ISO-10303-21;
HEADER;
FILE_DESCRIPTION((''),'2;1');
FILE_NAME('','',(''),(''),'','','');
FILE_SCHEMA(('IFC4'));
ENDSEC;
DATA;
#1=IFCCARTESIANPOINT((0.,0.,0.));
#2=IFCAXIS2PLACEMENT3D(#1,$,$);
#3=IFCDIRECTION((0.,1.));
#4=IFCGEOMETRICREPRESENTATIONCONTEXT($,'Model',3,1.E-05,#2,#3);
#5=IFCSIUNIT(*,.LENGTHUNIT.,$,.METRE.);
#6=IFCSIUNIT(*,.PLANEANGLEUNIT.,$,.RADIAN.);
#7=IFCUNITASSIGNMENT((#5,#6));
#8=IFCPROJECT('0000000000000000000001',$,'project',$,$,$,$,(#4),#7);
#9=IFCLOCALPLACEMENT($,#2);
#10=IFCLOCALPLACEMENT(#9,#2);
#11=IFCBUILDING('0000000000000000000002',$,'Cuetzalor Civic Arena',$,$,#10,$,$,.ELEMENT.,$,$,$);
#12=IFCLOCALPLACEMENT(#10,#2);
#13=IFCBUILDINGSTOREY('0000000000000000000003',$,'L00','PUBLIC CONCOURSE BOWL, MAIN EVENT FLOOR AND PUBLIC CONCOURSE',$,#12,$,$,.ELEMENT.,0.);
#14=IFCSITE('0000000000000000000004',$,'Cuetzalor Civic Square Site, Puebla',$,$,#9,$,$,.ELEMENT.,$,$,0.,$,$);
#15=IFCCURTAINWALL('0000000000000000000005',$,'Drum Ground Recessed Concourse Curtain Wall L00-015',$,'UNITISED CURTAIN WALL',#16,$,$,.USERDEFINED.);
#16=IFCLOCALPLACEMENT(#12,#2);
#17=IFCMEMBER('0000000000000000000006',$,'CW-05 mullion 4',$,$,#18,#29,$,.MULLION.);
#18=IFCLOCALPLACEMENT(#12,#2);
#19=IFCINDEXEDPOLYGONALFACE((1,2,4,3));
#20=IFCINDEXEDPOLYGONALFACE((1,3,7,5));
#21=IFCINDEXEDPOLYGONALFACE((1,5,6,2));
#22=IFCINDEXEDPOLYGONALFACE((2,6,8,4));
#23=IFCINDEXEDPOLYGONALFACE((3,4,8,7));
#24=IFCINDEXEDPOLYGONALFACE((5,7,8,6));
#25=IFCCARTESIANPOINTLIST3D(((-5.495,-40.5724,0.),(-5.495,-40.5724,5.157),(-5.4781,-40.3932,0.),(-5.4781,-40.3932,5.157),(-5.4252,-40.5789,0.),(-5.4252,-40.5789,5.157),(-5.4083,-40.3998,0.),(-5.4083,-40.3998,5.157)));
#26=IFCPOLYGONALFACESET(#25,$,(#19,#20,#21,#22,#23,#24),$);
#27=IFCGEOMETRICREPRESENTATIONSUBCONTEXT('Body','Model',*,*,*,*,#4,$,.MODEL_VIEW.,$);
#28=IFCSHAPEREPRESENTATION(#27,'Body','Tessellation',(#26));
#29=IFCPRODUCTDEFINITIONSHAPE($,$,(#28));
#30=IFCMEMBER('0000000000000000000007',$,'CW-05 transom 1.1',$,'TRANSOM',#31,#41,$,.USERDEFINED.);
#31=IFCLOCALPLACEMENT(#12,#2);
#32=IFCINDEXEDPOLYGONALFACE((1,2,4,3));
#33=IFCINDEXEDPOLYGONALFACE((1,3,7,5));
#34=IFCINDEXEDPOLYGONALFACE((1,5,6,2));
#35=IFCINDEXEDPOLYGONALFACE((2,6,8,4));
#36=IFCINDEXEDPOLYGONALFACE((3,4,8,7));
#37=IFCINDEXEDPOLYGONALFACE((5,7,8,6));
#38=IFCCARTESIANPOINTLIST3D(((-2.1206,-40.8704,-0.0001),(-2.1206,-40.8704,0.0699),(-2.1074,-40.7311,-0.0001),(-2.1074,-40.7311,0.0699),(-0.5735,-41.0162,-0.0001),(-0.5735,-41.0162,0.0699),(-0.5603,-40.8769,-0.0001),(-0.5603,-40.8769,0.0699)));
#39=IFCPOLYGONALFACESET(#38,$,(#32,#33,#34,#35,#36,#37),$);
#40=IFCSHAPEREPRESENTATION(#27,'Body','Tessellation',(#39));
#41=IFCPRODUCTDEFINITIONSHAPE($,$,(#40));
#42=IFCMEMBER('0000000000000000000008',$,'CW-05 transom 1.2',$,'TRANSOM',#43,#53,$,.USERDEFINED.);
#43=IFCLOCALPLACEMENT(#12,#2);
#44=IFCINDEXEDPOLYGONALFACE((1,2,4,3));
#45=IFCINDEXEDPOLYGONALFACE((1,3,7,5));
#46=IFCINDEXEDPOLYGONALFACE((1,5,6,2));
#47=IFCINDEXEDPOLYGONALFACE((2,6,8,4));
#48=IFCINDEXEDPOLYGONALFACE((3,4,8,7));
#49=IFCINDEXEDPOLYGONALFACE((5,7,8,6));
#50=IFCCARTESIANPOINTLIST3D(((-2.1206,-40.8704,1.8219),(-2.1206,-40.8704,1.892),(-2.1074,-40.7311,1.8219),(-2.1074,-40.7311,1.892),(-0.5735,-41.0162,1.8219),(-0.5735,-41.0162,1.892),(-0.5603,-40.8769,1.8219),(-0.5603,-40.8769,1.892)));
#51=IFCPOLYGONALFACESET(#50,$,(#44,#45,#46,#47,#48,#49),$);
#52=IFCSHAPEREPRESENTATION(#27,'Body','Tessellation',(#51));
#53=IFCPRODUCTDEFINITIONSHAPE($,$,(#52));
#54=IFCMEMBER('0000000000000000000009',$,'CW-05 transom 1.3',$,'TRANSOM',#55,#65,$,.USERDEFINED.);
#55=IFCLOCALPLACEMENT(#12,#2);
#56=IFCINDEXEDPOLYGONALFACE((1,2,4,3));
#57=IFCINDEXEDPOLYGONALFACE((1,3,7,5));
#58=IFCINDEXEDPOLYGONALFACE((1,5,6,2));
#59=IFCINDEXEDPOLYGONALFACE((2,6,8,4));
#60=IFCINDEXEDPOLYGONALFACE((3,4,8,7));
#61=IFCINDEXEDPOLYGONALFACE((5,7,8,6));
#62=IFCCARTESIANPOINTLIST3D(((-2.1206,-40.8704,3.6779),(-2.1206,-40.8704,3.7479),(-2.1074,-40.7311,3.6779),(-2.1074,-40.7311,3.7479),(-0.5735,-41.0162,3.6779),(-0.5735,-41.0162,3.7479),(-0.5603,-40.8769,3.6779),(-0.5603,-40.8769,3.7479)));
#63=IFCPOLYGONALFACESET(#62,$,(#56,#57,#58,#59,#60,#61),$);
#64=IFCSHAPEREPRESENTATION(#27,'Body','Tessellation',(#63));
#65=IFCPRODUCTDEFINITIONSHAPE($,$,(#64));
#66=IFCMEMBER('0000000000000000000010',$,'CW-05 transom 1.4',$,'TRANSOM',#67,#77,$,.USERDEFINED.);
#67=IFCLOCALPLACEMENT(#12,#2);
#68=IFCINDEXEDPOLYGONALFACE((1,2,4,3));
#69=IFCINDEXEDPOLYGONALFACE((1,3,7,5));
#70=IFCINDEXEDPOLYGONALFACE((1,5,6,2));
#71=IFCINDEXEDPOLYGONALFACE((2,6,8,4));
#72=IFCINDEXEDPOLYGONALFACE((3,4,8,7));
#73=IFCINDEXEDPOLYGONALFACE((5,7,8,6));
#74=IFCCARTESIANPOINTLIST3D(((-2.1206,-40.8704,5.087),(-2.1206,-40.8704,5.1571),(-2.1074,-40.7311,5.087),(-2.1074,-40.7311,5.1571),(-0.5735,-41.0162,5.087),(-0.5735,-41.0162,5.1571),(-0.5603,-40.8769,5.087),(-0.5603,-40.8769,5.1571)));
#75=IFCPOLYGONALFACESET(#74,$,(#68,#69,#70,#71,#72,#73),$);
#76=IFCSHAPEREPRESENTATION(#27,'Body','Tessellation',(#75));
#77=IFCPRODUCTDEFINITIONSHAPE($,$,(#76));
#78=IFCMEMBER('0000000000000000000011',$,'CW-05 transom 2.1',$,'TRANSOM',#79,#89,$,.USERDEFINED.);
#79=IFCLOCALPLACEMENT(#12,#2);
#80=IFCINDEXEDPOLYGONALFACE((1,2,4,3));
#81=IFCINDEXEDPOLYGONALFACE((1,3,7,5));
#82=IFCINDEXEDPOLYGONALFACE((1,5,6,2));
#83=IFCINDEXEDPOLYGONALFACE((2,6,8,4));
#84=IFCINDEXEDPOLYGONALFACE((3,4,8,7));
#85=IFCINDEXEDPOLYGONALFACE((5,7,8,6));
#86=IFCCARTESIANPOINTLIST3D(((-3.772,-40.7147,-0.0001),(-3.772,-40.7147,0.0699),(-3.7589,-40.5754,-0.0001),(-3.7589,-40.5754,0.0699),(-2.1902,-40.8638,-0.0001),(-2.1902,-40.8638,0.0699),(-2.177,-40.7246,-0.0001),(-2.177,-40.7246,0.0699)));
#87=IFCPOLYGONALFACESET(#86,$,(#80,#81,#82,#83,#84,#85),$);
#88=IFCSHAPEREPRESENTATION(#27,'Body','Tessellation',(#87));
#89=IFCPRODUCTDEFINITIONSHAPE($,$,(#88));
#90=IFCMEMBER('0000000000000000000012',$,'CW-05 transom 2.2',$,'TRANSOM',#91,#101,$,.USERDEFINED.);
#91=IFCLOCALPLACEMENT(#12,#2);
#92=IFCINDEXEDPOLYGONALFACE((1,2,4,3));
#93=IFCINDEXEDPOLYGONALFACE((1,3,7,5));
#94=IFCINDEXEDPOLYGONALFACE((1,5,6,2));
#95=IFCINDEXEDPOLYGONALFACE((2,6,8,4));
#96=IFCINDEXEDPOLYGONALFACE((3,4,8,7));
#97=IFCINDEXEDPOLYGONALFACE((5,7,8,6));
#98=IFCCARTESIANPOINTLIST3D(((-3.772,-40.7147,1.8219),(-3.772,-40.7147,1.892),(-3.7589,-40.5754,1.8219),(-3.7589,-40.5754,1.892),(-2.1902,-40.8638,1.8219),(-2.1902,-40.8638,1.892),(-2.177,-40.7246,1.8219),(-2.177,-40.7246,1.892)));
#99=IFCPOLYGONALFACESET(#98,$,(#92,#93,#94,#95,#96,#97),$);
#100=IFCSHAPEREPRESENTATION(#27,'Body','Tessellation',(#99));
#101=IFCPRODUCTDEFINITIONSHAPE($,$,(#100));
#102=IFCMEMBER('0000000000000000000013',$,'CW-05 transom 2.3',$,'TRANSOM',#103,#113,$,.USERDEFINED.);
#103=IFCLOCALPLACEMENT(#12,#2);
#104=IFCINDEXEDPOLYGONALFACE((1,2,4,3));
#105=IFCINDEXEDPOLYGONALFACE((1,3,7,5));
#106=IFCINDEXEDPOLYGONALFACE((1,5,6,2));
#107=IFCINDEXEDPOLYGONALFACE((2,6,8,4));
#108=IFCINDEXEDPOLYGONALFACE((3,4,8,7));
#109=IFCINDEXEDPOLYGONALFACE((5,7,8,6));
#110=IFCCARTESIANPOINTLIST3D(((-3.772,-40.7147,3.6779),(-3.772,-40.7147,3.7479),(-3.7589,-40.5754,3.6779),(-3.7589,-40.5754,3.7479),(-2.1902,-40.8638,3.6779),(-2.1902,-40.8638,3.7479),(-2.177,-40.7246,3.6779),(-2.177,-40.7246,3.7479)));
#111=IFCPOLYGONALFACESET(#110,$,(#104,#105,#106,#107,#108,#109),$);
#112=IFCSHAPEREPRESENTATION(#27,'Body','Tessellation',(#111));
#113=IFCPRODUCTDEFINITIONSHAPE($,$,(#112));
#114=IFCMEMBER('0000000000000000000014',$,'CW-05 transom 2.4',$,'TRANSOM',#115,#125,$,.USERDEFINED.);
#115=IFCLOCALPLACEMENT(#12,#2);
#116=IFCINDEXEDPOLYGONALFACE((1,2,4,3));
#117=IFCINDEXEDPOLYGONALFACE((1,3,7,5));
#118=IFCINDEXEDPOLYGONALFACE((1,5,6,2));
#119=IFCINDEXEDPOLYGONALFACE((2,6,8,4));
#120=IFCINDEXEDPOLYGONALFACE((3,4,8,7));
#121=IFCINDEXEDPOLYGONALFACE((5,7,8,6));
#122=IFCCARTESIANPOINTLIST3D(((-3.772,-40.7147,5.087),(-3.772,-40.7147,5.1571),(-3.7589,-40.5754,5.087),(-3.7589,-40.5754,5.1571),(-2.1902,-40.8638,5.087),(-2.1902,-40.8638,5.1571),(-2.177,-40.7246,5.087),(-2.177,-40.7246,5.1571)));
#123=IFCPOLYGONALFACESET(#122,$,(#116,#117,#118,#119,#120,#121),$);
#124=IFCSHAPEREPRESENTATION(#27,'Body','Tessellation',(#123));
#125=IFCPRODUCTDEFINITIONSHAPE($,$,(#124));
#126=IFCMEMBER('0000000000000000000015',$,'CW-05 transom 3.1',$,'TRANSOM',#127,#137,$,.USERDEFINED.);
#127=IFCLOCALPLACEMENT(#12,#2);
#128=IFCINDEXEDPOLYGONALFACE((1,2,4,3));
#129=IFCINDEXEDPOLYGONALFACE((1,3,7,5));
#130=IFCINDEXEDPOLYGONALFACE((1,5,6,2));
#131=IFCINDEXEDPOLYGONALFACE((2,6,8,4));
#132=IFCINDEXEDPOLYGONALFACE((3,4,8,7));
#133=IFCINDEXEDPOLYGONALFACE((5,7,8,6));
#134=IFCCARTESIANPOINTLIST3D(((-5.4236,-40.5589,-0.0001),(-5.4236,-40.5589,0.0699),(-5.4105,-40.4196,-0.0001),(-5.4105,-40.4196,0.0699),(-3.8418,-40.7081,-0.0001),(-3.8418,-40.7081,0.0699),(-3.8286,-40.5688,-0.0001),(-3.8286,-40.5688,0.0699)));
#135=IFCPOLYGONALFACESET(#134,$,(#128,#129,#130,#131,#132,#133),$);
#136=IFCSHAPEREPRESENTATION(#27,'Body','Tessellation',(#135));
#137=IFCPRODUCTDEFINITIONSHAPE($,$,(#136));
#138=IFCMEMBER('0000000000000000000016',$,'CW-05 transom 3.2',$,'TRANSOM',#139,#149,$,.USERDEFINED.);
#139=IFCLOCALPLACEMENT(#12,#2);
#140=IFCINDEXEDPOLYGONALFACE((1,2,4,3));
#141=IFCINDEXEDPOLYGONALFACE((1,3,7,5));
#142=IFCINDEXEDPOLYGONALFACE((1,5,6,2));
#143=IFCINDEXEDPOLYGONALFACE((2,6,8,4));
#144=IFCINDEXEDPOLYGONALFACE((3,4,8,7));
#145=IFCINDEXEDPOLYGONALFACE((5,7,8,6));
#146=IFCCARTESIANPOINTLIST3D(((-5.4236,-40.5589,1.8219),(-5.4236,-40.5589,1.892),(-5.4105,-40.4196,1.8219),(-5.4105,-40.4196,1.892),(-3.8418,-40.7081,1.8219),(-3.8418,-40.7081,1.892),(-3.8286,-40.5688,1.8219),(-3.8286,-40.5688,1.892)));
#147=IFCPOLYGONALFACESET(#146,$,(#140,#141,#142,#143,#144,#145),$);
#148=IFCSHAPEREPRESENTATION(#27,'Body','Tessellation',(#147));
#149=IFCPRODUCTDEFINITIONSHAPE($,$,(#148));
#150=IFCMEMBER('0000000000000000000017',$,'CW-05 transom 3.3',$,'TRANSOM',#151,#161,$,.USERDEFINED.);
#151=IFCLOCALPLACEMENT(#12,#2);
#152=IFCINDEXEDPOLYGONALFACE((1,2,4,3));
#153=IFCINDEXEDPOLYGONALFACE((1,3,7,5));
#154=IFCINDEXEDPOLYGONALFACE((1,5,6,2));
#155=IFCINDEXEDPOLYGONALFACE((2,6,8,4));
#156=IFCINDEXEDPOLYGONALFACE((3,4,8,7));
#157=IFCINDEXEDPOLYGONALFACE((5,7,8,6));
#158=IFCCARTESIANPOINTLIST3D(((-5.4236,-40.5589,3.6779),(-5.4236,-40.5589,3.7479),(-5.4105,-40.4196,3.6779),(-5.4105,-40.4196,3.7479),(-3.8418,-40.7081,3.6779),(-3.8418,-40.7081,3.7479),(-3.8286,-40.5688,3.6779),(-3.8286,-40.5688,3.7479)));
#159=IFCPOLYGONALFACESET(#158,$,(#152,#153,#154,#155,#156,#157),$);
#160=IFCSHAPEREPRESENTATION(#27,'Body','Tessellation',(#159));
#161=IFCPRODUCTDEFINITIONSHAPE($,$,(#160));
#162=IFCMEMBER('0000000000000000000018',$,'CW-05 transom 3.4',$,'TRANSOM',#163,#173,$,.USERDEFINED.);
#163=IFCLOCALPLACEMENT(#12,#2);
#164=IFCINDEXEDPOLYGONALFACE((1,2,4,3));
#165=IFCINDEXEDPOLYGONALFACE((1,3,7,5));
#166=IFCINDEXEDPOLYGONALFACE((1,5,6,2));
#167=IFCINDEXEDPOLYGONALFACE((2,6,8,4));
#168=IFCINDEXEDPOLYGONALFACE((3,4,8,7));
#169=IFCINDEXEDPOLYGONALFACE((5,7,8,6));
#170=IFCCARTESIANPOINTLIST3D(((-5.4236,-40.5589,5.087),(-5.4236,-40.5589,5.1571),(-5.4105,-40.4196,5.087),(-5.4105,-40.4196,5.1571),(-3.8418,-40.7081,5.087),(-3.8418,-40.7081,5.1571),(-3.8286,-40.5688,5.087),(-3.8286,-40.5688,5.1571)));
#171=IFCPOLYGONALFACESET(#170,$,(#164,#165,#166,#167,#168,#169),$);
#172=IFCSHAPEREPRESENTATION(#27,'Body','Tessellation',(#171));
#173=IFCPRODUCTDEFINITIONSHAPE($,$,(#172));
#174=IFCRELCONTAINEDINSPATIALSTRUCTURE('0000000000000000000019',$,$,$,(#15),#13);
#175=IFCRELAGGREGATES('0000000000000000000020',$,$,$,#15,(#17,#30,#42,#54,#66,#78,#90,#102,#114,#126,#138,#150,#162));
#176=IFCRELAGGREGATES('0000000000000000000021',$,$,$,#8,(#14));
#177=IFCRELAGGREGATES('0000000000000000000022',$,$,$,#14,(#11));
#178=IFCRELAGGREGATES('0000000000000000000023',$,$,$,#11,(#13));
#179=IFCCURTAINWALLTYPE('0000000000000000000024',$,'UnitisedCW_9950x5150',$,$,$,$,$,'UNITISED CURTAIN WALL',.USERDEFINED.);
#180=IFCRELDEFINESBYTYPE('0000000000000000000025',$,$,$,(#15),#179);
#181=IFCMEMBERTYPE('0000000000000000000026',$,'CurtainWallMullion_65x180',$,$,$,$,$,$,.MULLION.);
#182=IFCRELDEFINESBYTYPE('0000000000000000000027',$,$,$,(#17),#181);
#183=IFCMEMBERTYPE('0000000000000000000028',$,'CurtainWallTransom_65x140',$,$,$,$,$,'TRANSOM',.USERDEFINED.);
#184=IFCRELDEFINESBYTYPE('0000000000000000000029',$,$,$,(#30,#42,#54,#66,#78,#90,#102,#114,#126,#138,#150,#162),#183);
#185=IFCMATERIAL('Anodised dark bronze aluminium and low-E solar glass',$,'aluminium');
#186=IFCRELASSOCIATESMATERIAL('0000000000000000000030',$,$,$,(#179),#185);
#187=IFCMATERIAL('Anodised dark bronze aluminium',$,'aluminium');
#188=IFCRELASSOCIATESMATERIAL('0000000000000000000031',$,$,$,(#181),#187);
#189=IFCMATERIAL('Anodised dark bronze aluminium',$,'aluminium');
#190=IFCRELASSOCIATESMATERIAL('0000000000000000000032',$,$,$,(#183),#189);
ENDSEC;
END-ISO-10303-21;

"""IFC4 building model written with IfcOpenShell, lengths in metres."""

from ifc_helpers import new_model, si_unit, direction, frame, origin, origin_2d, place, context, subcontext, project, spatial, rectangle, extrude, material, material_profile, profile_set, type_object, element, aggregate, save


model = new_model("IFC4")

# Units and contexts
model_context = context("Model", 3, precision=1e-05, world=origin(), true_north=direction((0.0, 1.0)))
body_context = subcontext(model_context, "Body", "Model", "MODEL_VIEW")
ifc_project = project(units=[si_unit("LENGTHUNIT", "METRE"), si_unit("PLANEANGLEUNIT", "RADIAN")], contexts=[model_context])

# Site, building, storey
site_placement = place(None, origin())
site = spatial("IfcSite", under=ifc_project, at=site_placement, Name="Cuetzalor Civic Square Site, Puebla", CompositionType="ELEMENT", RefElevation=0.0)
building_placement = place(site_placement, origin())
building = spatial("IfcBuilding", under=site, at=building_placement, Name="Cuetzalor Civic Arena", CompositionType="ELEMENT")
storey_placement = place(building_placement, origin())
storey = spatial("IfcBuildingStorey", under=building, at=storey_placement, Name="L00", Description="PUBLIC CONCOURSE BOWL, MAIN EVENT FLOOR AND PUBLIC CONCOURSE", CompositionType="ELEMENT", Elevation=0.0)

# Curtain wall, members
ifc_material_1 = material(Name="Anodised dark bronze aluminium and low-E solar glass", Category="aluminium")
curtain_wall_type = type_object("IfcCurtainWallType", Name="UnitisedCW_9950x5150", ElementType="UNITISED CURTAIN WALL", PredefinedType="USERDEFINED", material=ifc_material_1)
curtain_wall_placement = place(storey_placement, origin())
curtain_wall = element("IfcCurtainWall", 1, at=curtain_wall_placement, inside=storey, type_object=curtain_wall_type, Name="Drum Ground Recessed Concourse Curtain Wall L00-015", ObjectType="UNITISED CURTAIN WALL", PredefinedType="USERDEFINED")
ifc_material_2 = material(Name="Anodised dark bronze aluminium", Category="aluminium")
ifc_material_profile_1 = material_profile(ifc_material_2, rectangle(XDim=0.0701, YDim=0.1799, at=origin_2d()), Name="ALU MULLION 70x180")
ifc_profile_set_1 = profile_set([ifc_material_profile_1], Name="Anodised dark bronze aluminium")
member_type_1 = type_object("IfcMemberType", Name="CurtainWallMullion_65x180", PredefinedType="MULLION", material=ifc_profile_set_1)
member_1_placement = place(storey_placement, frame((-5.4517, -40.4861, 0.0), z_axis=(0.0, 0.0, 1.0), x_axis=(-0.995585, 0.093863, 0.0)))
member_1 = element("IfcMember", 2, at=member_1_placement, type_object=member_type_1, Name="CW-05 mullion 4", PredefinedType="MULLION", context=body_context, shape_type="SweptSolid", body=[
    extrude(rectangle(XDim=0.0701, YDim=0.1799, at=origin_2d()), origin(), (0.0, 0.0, 1.0), 5.157),
])
ifc_material_3 = material(Name="Anodised dark bronze aluminium", Category="aluminium")
ifc_material_profile_2 = material_profile(ifc_material_3, rectangle(XDim=0.1399, YDim=0.0701, at=origin_2d()), Name="ALU TRANSOM 70x140")
ifc_profile_set_2 = profile_set([ifc_material_profile_2], Name="Anodised dark bronze aluminium")
member_type_2 = type_object("IfcMemberType", Name="CurtainWallTransom_65x140", ElementType="TRANSOM", PredefinedType="USERDEFINED", material=ifc_profile_set_2)
member_2_placement = place(storey_placement, frame((-0.5669, -40.9465, 0.0349), z_axis=(-0.995592, 0.093793, 0.0), x_axis=(-0.093793, -0.995592, 0.0)))
member_2 = element("IfcMember", 3, at=member_2_placement, type_object=member_type_2, Name="CW-05 transom 1.1", ObjectType="TRANSOM", PredefinedType="USERDEFINED", context=body_context, shape_type="SweptSolid", body=[
    extrude(rectangle(XDim=0.1399, YDim=0.0701, at=origin_2d()), origin(), (0.0, 0.0, 1.0), 1.554),
])
member_3_placement = place(storey_placement, frame((-0.5669, -40.9465, 1.8569), z_axis=(-0.995592, 0.093793, 0.0), x_axis=(-0.093793, -0.995592, 0.0)))
member_3 = element("IfcMember", 4, at=member_3_placement, type_object=member_type_2, Name="CW-05 transom 1.2", ObjectType="TRANSOM", PredefinedType="USERDEFINED", context=body_context, shape_type="SweptSolid", body=[
    extrude(rectangle(XDim=0.1399, YDim=0.0701, at=origin_2d()), origin(), (0.0, 0.0, 1.0), 1.554),
])
member_4_placement = place(storey_placement, frame((-0.5669, -40.9465, 3.7129), z_axis=(-0.995592, 0.093793, 0.0), x_axis=(-0.093793, -0.995592, 0.0)))
member_4 = element("IfcMember", 5, at=member_4_placement, type_object=member_type_2, Name="CW-05 transom 1.3", ObjectType="TRANSOM", PredefinedType="USERDEFINED", context=body_context, shape_type="SweptSolid", body=[
    extrude(rectangle(XDim=0.1399, YDim=0.0701, at=origin_2d()), origin(), (0.0, 0.0, 1.0), 1.554),
])
member_5_placement = place(storey_placement, frame((-0.5669, -40.9465, 5.1221), z_axis=(-0.995592, 0.093793, 0.0), x_axis=(-0.093793, -0.995592, 0.0)))
member_5 = element("IfcMember", 6, at=member_5_placement, type_object=member_type_2, Name="CW-05 transom 1.4", ObjectType="TRANSOM", PredefinedType="USERDEFINED", context=body_context, shape_type="SweptSolid", body=[
    extrude(rectangle(XDim=0.1399, YDim=0.0701, at=origin_2d()), origin(), (0.0, 0.0, 1.0), 1.554),
])
member_6_placement = place(storey_placement, frame((-2.1836, -40.7942, 0.0349), z_axis=(-0.995583, 0.093888, 0.0), x_axis=(-0.093888, -0.995583, 0.0)))
member_6 = element("IfcMember", 7, at=member_6_placement, type_object=member_type_2, Name="CW-05 transom 2.1", ObjectType="TRANSOM", PredefinedType="USERDEFINED", context=body_context, shape_type="SweptSolid", body=[
    extrude(rectangle(XDim=0.1399, YDim=0.0701, at=origin_2d()), origin(), (0.0, 0.0, 1.0), 1.5889),
])
member_7_placement = place(storey_placement, frame((-2.1836, -40.7942, 1.8569), z_axis=(-0.995583, 0.093888, 0.0), x_axis=(-0.093888, -0.995583, 0.0)))
member_7 = element("IfcMember", 8, at=member_7_placement, type_object=member_type_2, Name="CW-05 transom 2.2", ObjectType="TRANSOM", PredefinedType="USERDEFINED", context=body_context, shape_type="SweptSolid", body=[
    extrude(rectangle(XDim=0.1399, YDim=0.0701, at=origin_2d()), origin(), (0.0, 0.0, 1.0), 1.5889),
])
member_8_placement = place(storey_placement, frame((-2.1836, -40.7942, 3.7129), z_axis=(-0.995583, 0.093888, 0.0), x_axis=(-0.093888, -0.995583, 0.0)))
member_8 = element("IfcMember", 9, at=member_8_placement, type_object=member_type_2, Name="CW-05 transom 2.3", ObjectType="TRANSOM", PredefinedType="USERDEFINED", context=body_context, shape_type="SweptSolid", body=[
    extrude(rectangle(XDim=0.1399, YDim=0.0701, at=origin_2d()), origin(), (0.0, 0.0, 1.0), 1.5889),
])
member_9_placement = place(storey_placement, frame((-2.1836, -40.7942, 5.1221), z_axis=(-0.995583, 0.093888, 0.0), x_axis=(-0.093888, -0.995583, 0.0)))
member_9 = element("IfcMember", 10, at=member_9_placement, type_object=member_type_2, Name="CW-05 transom 2.4", ObjectType="TRANSOM", PredefinedType="USERDEFINED", context=body_context, shape_type="SweptSolid", body=[
    extrude(rectangle(XDim=0.1399, YDim=0.0701, at=origin_2d()), origin(), (0.0, 0.0, 1.0), 1.5889),
])
member_10_placement = place(storey_placement, frame((-3.8352, -40.6384, 0.0349), z_axis=(-0.995583, 0.093888, 0.0), x_axis=(-0.093888, -0.995583, 0.0)))
member_10 = element("IfcMember", 11, at=member_10_placement, type_object=member_type_2, Name="CW-05 transom 3.1", ObjectType="TRANSOM", PredefinedType="USERDEFINED", context=body_context, shape_type="SweptSolid", body=[
    extrude(rectangle(XDim=0.1399, YDim=0.0701, at=origin_2d()), origin(), (0.0, 0.0, 1.0), 1.5889),
])
member_11_placement = place(storey_placement, frame((-3.8352, -40.6384, 1.8569), z_axis=(-0.995583, 0.093888, 0.0), x_axis=(-0.093888, -0.995583, 0.0)))
member_11 = element("IfcMember", 12, at=member_11_placement, type_object=member_type_2, Name="CW-05 transom 3.2", ObjectType="TRANSOM", PredefinedType="USERDEFINED", context=body_context, shape_type="SweptSolid", body=[
    extrude(rectangle(XDim=0.1399, YDim=0.0701, at=origin_2d()), origin(), (0.0, 0.0, 1.0), 1.5889),
])
member_12_placement = place(storey_placement, frame((-3.8352, -40.6384, 3.7129), z_axis=(-0.995583, 0.093888, 0.0), x_axis=(-0.093888, -0.995583, 0.0)))
member_12 = element("IfcMember", 13, at=member_12_placement, type_object=member_type_2, Name="CW-05 transom 3.3", ObjectType="TRANSOM", PredefinedType="USERDEFINED", context=body_context, shape_type="SweptSolid", body=[
    extrude(rectangle(XDim=0.1399, YDim=0.0701, at=origin_2d()), origin(), (0.0, 0.0, 1.0), 1.5889),
])
member_13_placement = place(storey_placement, frame((-3.8352, -40.6384, 5.1221), z_axis=(-0.995583, 0.093888, 0.0), x_axis=(-0.093888, -0.995583, 0.0)))
member_13 = element("IfcMember", 14, at=member_13_placement, type_object=member_type_2, Name="CW-05 transom 3.4", ObjectType="TRANSOM", PredefinedType="USERDEFINED", context=body_context, shape_type="SweptSolid", body=[
    extrude(rectangle(XDim=0.1399, YDim=0.0701, at=origin_2d()), origin(), (0.0, 0.0, 1.0), 1.5889),
])

aggregate(curtain_wall, [member_1, member_2, member_3, member_4, member_5, member_6, member_7, member_8, member_9, member_10, member_11, member_12, member_13])

save(model, "model.ifc")
